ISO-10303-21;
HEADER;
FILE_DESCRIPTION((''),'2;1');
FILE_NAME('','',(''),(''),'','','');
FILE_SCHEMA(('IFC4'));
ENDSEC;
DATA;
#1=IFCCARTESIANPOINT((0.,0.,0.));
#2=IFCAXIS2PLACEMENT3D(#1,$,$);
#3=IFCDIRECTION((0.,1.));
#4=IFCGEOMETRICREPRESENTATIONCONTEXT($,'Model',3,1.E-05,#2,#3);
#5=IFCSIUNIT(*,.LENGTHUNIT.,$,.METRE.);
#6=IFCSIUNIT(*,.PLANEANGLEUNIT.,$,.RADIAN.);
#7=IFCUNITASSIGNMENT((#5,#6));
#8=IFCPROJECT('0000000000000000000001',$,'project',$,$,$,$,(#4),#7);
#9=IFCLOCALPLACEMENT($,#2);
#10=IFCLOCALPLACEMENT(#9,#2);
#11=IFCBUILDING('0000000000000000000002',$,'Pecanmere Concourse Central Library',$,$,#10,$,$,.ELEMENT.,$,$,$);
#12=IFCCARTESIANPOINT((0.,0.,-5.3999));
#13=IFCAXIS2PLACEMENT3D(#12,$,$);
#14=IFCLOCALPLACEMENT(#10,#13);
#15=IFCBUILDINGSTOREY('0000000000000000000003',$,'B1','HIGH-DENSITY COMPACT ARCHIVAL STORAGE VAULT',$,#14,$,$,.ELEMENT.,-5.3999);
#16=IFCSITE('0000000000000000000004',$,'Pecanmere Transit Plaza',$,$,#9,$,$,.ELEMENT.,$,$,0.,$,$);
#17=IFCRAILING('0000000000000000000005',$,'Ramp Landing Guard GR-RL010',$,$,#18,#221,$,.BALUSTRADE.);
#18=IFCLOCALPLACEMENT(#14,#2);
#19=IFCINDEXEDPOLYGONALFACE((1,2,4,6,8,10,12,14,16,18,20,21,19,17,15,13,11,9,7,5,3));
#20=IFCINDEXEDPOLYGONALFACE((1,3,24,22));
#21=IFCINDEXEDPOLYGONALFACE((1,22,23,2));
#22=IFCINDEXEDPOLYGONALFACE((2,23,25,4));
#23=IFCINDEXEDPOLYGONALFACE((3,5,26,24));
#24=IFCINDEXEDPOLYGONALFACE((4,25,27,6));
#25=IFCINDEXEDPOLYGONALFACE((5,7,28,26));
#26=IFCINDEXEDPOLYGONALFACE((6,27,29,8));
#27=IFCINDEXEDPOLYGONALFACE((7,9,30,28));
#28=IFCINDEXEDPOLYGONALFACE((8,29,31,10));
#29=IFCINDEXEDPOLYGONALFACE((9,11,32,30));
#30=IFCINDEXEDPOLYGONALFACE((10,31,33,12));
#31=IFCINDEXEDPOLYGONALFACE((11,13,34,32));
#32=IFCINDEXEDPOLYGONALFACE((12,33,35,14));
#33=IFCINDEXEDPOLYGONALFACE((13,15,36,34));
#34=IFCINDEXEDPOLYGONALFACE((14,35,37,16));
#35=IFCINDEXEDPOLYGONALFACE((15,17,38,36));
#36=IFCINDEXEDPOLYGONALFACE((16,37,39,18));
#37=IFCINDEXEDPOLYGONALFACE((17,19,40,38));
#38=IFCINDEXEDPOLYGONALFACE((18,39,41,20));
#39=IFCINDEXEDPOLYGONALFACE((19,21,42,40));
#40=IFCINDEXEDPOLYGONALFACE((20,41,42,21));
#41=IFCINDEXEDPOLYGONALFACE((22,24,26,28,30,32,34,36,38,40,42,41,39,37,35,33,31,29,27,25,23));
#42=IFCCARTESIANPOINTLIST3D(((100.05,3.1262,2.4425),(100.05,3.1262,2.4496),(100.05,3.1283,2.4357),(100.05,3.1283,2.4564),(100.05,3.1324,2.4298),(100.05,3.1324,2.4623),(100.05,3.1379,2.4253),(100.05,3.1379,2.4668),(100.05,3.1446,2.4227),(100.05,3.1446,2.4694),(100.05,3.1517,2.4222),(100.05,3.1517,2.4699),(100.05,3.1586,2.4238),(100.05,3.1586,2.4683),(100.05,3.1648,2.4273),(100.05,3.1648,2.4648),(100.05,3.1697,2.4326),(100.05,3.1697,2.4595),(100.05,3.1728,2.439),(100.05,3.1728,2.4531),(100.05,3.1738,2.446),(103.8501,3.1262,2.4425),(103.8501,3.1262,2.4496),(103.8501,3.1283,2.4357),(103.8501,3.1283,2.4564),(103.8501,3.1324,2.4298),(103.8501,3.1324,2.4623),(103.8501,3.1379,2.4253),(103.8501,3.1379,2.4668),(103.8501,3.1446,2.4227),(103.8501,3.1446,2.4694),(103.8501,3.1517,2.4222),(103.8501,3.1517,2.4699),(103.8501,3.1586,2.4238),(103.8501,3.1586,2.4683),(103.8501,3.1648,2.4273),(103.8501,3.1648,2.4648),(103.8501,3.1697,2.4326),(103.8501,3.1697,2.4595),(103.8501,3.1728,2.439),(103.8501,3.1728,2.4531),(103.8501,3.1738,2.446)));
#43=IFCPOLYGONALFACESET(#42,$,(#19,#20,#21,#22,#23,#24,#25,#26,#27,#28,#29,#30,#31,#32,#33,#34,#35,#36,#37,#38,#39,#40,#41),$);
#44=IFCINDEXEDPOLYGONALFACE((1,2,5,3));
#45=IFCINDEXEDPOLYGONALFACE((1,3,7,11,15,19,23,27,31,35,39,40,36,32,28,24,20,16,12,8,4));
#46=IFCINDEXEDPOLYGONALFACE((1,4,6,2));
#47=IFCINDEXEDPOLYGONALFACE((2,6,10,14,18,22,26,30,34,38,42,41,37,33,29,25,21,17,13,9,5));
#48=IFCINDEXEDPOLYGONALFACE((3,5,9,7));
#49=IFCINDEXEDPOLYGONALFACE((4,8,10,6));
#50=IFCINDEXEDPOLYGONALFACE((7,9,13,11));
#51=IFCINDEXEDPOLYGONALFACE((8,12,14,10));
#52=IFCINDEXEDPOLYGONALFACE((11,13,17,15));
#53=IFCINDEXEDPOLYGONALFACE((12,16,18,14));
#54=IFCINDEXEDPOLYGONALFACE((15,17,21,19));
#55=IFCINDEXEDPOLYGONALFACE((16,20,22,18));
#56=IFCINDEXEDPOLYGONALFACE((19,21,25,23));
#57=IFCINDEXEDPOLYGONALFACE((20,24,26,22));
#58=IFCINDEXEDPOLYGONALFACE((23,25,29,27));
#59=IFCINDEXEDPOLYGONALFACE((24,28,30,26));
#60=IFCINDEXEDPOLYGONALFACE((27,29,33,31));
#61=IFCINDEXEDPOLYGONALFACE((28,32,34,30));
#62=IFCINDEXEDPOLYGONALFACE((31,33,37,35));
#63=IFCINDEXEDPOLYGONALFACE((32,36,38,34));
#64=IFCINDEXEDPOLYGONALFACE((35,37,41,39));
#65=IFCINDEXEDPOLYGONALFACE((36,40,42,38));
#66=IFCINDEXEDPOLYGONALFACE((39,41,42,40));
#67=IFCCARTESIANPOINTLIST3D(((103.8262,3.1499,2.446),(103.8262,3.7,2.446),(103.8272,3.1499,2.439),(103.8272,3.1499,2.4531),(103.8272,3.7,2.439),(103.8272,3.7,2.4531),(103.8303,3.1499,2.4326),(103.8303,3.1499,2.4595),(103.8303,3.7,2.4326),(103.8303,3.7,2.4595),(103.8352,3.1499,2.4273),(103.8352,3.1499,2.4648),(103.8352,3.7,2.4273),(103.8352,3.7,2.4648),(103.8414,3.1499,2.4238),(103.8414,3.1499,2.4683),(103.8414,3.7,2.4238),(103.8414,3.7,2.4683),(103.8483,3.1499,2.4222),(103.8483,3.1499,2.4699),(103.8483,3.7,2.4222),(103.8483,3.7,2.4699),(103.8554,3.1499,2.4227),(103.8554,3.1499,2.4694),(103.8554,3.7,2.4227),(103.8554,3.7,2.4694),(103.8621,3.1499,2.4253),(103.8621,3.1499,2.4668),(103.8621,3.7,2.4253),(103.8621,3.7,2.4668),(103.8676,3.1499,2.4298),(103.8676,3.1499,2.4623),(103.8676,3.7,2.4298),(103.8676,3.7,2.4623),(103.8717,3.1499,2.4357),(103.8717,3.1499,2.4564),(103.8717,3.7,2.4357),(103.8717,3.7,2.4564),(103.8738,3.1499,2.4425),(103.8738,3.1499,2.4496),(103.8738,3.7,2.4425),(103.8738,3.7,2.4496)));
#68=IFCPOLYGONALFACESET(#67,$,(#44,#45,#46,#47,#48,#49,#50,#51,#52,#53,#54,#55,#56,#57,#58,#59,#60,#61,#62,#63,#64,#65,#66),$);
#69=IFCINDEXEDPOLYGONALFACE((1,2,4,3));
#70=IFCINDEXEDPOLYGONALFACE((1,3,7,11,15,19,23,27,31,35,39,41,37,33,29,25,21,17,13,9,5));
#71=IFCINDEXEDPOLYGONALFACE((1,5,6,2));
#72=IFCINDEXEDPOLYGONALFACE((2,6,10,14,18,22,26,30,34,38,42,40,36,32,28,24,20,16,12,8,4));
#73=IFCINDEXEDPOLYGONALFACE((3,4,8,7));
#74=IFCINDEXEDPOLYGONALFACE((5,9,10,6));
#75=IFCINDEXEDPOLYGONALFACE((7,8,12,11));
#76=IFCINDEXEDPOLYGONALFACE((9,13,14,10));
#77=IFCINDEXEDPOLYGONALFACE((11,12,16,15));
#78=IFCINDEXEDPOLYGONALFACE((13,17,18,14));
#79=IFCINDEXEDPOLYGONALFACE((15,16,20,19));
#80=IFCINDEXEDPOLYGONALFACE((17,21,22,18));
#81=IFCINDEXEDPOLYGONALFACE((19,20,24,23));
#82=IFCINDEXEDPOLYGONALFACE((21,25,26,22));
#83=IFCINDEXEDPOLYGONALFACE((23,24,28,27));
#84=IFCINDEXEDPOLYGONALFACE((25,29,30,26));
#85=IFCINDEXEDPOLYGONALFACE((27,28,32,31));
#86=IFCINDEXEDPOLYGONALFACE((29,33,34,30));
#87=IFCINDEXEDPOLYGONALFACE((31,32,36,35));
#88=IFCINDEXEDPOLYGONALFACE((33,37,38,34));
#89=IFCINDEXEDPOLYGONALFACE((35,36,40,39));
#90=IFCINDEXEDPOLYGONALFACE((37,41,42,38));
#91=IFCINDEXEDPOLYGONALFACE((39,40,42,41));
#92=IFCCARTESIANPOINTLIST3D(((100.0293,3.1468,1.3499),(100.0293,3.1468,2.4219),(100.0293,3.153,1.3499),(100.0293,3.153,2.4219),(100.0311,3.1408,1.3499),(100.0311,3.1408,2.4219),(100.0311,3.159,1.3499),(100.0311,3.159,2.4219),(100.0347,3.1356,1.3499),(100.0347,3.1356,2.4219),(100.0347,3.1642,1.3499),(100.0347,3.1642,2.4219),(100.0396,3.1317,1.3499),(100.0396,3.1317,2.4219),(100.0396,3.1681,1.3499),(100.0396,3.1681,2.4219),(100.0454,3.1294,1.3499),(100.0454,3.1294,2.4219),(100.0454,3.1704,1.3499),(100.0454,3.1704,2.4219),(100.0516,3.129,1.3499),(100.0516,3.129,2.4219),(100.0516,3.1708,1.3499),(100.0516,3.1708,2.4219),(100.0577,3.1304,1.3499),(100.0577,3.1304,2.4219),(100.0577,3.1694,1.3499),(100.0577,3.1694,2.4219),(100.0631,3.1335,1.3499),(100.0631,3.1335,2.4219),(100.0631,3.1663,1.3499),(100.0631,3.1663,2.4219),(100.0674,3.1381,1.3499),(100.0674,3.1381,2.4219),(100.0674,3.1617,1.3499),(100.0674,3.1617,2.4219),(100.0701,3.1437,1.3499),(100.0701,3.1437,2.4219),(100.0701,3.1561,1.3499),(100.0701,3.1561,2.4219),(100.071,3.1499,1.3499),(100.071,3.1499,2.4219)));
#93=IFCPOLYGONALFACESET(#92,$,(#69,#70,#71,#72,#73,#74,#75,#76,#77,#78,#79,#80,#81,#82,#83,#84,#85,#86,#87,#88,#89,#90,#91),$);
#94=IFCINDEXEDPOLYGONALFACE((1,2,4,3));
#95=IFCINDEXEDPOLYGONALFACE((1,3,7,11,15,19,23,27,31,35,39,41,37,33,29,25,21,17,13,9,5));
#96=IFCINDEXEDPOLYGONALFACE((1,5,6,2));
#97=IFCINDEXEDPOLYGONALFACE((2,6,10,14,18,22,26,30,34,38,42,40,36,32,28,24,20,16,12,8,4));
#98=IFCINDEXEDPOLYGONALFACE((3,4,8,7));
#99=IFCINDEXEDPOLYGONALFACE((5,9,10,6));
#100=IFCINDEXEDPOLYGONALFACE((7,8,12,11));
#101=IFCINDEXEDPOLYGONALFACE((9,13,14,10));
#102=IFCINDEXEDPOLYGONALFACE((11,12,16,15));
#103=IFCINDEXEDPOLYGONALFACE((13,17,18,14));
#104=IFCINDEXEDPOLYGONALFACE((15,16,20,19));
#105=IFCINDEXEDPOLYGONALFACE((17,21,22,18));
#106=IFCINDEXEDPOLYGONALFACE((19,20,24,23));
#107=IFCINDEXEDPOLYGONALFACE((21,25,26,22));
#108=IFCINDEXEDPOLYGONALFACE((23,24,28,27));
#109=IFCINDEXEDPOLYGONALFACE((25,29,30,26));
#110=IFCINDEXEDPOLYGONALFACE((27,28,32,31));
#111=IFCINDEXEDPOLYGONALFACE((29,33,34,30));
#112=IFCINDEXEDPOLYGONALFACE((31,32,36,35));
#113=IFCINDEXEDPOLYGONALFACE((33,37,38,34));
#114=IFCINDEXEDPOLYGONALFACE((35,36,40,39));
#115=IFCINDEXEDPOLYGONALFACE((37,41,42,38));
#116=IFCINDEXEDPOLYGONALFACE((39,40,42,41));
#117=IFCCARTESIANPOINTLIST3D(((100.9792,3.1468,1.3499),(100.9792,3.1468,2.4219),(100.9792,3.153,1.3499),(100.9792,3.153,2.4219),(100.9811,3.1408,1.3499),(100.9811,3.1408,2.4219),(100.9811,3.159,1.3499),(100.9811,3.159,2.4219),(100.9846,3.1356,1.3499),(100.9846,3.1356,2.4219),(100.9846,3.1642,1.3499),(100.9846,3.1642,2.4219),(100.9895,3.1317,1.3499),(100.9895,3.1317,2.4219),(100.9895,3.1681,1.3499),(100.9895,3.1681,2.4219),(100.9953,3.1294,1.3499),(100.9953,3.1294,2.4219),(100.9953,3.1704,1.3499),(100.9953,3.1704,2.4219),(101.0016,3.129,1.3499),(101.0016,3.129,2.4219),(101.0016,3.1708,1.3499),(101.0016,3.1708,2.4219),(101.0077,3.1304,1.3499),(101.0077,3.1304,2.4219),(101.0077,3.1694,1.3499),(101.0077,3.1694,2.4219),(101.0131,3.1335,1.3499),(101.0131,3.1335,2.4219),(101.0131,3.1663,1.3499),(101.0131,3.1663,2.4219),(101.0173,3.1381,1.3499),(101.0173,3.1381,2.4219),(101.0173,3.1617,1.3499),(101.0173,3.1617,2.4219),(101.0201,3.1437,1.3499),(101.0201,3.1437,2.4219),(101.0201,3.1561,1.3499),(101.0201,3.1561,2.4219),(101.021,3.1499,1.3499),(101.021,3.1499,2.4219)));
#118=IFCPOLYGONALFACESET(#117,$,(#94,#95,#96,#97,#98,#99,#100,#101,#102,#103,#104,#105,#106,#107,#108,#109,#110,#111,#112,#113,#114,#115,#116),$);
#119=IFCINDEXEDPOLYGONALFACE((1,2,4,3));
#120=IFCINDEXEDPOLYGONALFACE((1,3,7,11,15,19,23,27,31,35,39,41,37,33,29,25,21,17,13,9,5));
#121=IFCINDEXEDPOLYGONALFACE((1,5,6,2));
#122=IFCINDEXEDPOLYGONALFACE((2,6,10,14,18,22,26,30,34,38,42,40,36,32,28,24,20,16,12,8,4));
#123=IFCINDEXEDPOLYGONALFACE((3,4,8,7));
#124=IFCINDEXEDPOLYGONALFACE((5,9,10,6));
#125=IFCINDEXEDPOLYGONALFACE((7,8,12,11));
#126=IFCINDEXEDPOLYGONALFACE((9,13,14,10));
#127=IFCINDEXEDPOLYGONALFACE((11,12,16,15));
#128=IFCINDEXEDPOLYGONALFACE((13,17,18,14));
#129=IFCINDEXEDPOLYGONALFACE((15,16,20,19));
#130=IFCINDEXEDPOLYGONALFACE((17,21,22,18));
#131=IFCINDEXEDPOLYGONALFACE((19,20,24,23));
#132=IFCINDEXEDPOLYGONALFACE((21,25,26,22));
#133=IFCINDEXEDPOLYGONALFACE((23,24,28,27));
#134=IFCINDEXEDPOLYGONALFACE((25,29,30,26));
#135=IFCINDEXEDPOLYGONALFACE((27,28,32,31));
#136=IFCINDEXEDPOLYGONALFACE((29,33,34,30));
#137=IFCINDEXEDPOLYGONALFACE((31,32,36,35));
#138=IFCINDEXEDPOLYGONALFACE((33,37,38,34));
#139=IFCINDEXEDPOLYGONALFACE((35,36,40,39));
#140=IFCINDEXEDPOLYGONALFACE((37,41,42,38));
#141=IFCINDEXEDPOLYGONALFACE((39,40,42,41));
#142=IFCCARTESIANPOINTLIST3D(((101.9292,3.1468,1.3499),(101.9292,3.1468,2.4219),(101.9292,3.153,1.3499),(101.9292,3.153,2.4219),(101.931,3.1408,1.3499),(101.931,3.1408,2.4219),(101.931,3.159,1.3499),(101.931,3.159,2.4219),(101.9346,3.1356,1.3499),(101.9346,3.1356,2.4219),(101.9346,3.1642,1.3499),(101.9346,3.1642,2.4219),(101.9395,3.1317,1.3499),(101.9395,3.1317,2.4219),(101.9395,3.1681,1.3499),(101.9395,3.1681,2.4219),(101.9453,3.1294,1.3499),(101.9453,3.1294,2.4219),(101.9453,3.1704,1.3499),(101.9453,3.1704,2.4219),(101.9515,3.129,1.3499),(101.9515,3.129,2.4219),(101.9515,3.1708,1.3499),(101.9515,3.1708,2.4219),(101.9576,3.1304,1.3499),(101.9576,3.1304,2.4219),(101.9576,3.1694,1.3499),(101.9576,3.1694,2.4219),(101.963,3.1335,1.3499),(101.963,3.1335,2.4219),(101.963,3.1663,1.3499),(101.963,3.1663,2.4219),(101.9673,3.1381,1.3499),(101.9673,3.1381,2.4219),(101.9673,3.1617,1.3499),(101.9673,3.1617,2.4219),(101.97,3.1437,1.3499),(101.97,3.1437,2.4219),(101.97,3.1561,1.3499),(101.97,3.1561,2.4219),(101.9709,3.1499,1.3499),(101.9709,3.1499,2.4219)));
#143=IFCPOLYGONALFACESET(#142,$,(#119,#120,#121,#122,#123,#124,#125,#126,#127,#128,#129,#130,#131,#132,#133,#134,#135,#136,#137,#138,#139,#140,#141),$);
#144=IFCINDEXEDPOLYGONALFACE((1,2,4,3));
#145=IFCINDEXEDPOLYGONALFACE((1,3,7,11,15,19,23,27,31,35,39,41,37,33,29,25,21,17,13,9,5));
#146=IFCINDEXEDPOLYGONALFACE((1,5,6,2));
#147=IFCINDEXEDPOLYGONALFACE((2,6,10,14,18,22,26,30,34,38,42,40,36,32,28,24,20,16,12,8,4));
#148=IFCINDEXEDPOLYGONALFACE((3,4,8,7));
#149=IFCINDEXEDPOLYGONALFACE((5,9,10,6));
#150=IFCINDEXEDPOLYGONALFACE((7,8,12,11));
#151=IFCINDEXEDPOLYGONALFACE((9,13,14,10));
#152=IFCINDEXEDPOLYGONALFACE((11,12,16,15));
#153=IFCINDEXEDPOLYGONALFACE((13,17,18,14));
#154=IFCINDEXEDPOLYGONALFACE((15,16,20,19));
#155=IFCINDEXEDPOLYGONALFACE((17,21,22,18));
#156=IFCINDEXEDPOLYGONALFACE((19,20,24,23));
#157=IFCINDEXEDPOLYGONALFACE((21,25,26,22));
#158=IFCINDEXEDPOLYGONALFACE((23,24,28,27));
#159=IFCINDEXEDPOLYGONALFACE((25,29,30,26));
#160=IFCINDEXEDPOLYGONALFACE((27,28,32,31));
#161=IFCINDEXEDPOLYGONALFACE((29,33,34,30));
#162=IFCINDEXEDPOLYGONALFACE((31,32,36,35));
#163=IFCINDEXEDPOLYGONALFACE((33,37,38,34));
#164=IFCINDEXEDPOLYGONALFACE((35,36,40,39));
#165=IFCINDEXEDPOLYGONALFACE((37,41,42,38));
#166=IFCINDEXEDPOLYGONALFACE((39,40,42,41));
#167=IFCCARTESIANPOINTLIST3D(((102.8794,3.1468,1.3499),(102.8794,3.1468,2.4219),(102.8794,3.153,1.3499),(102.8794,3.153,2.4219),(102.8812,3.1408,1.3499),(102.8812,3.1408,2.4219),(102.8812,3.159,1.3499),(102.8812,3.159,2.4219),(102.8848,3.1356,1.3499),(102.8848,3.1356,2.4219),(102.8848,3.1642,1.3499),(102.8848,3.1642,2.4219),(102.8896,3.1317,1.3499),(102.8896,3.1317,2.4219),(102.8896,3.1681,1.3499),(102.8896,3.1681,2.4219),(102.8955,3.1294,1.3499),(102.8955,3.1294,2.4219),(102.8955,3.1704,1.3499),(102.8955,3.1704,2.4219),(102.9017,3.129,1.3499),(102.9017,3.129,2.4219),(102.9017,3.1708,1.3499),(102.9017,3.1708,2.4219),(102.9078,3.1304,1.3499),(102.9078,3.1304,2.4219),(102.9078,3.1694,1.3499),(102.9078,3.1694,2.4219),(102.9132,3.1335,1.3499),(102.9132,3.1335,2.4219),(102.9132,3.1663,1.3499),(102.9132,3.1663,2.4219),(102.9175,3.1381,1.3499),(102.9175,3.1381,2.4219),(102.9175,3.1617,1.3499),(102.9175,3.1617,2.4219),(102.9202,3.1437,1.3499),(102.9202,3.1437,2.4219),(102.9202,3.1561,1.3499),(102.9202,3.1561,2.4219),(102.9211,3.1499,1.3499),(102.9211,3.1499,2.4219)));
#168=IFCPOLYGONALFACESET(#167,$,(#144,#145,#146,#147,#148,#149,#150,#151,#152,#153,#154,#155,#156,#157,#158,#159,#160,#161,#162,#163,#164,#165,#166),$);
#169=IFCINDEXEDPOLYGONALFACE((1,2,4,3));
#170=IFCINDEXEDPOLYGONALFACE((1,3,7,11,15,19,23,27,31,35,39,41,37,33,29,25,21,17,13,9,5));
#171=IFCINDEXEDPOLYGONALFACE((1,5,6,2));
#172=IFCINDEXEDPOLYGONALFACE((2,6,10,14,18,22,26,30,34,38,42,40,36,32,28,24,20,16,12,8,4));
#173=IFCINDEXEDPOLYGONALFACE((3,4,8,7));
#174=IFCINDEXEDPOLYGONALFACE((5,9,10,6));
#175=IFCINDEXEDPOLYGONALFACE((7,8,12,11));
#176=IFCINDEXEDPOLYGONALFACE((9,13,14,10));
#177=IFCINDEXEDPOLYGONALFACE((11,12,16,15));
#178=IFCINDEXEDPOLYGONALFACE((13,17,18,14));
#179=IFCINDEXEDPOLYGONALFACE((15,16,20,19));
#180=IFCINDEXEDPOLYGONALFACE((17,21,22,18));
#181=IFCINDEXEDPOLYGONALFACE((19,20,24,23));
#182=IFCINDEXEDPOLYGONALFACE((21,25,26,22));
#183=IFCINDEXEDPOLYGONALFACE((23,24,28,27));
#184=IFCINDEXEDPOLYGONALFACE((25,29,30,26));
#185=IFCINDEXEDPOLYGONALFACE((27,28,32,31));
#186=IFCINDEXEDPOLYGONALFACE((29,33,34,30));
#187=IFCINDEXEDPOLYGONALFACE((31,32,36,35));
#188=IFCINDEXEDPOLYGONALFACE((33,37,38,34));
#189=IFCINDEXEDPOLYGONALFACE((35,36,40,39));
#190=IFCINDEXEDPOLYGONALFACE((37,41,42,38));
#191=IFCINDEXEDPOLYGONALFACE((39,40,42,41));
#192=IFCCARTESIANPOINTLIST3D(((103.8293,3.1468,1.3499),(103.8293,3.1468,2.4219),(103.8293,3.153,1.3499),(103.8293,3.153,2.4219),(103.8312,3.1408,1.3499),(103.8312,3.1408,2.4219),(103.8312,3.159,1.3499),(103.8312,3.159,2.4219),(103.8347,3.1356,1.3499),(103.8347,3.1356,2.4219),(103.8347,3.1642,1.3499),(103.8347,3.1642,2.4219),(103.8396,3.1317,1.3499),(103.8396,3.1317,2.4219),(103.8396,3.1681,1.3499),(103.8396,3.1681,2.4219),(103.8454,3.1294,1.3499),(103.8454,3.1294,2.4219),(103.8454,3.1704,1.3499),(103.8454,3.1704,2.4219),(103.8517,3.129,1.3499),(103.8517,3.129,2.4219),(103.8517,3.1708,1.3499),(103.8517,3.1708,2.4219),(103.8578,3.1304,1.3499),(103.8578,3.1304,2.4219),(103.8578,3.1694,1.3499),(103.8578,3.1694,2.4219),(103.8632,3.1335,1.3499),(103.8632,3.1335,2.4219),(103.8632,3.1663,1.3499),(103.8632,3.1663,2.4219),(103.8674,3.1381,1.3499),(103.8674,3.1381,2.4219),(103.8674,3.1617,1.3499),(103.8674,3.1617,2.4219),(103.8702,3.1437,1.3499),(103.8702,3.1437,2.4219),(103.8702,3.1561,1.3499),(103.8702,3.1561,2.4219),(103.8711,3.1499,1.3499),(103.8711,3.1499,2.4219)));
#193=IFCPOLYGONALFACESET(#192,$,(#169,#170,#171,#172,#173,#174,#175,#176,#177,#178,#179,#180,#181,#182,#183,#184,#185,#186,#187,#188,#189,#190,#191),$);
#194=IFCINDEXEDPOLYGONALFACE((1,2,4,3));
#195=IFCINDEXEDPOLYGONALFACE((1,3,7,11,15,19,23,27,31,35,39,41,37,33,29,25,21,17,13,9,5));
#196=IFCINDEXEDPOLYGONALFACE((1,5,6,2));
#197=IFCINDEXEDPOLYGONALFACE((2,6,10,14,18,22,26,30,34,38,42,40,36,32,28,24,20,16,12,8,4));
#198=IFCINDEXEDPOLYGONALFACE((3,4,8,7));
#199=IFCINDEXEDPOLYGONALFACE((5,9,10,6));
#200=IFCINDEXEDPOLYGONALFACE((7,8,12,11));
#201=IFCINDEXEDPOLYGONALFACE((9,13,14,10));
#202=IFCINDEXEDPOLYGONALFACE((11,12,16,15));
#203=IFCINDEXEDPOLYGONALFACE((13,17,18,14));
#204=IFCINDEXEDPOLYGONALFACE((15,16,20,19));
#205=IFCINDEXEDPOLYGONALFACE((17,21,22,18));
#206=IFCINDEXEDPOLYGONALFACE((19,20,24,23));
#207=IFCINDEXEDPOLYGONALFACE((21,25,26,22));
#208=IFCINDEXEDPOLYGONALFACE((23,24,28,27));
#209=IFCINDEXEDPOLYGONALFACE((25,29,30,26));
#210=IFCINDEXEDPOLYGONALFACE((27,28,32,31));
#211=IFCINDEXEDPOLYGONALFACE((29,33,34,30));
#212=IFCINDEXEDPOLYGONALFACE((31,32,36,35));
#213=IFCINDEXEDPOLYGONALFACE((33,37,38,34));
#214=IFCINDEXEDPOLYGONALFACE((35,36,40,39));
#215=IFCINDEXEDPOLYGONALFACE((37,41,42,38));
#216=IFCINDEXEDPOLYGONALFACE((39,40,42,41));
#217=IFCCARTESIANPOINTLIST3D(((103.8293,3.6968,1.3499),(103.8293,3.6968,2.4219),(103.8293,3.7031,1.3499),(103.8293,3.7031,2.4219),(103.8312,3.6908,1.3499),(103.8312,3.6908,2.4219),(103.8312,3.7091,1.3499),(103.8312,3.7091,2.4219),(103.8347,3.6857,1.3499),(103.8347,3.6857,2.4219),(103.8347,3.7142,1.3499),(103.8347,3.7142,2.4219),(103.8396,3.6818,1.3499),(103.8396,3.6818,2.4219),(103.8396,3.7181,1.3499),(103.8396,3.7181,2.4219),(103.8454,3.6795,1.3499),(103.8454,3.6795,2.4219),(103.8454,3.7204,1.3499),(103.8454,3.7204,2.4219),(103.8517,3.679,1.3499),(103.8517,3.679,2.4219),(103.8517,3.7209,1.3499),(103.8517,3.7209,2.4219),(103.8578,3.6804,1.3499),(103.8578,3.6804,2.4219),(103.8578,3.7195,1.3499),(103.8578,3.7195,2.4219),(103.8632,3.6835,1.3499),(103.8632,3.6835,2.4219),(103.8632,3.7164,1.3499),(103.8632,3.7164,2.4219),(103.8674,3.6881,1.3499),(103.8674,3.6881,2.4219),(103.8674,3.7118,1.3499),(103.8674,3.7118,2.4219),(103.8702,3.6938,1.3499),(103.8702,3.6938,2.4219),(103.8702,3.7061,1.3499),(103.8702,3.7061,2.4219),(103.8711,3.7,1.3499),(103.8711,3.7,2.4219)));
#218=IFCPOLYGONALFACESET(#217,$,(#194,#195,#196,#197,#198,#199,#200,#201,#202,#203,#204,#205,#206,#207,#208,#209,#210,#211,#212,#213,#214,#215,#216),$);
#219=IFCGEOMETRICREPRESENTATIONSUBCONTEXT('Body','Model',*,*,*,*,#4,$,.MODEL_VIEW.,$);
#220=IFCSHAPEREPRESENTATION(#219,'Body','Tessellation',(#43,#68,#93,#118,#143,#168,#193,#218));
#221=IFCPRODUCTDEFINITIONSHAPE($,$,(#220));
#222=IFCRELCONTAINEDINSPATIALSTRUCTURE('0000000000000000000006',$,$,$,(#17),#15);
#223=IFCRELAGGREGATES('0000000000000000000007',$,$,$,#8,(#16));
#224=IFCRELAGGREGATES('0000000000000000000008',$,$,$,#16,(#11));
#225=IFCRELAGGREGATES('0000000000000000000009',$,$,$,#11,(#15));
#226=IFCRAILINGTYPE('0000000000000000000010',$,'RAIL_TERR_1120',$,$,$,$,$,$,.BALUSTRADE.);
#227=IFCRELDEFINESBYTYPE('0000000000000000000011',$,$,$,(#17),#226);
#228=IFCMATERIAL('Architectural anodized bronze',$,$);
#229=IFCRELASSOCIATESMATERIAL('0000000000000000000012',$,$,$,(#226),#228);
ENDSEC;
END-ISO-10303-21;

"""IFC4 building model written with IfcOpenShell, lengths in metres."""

from ifc_helpers import new_model, si_unit, direction, frame, origin, origin_2d, place, context, subcontext, project, spatial, circle, extrude, material, type_object, element, save


model = new_model("IFC4")

# Units and contexts
model_context = context("Model", 3, precision=1e-05, world=origin(), true_north=direction((0.0, 1.0)))
body_context = subcontext(model_context, "Body", "Model", "MODEL_VIEW")
ifc_project = project(units=[si_unit("LENGTHUNIT", "METRE"), si_unit("PLANEANGLEUNIT", "RADIAN")], contexts=[model_context])

# Site, building, storey
site_placement = place(None, origin())
site = spatial("IfcSite", under=ifc_project, at=site_placement, Name="Pecanmere Transit Plaza", CompositionType="ELEMENT", RefElevation=0.0)
building_placement = place(site_placement, origin())
building = spatial("IfcBuilding", under=site, at=building_placement, Name="Pecanmere Concourse Central Library", CompositionType="ELEMENT")
storey_placement = place(building_placement, frame((0.0, 0.0, -5.3999)))
storey = spatial("IfcBuildingStorey", under=building, at=storey_placement, Name="B1", Description="HIGH-DENSITY COMPACT ARCHIVAL STORAGE VAULT", CompositionType="ELEMENT", Elevation=-5.3999)

# Railing
ifc_material_1 = material(Name="Architectural anodized bronze")
railing_type_1 = type_object("IfcRailingType", Name="RAIL_TERR_1120", PredefinedType="BALUSTRADE", material=ifc_material_1)
railing_1_placement = place(storey_placement, frame((100.05, 3.1499, 1.3499)))
element("IfcRailing", 1, at=railing_1_placement, inside=storey, type_object=railing_type_1, Name="Ramp Landing Guard GR-RL010", PredefinedType="BALUSTRADE", context=body_context, shape_type="SweptSolid", body=[
    extrude(circle(Radius=0.0239, at=origin_2d()), frame((0.0, 0.0, 1.0962), z_axis=(1.0, 0.0, 0.0), x_axis=(0.0, 1.0, 0.0)), (0.0, 0.0, 1.0), 3.8),
    extrude(circle(Radius=0.0239, at=origin_2d()), frame((3.8, 0.0, 1.0962), z_axis=(0.0, 1.0, 0.0), x_axis=(-1.0, 0.0, 0.0)), (0.0, 0.0, 1.0), 0.55),
    extrude(circle(Radius=0.021, at=origin_2d()), origin(), (0.0, 0.0, 1.0), 1.072),
    extrude(circle(Radius=0.021, at=origin_2d()), frame((0.95, 0.0, 0.0)), (0.0, 0.0, 1.0), 1.072),
    extrude(circle(Radius=0.021, at=origin_2d()), frame((1.8999, 0.0, 0.0)), (0.0, 0.0, 1.0), 1.072),
    extrude(circle(Radius=0.021, at=origin_2d()), frame((2.8501, 0.0, 0.0)), (0.0, 0.0, 1.0), 1.072),
    extrude(circle(Radius=0.021, at=origin_2d()), frame((3.8, 0.0, 0.0)), (0.0, 0.0, 1.0), 1.072),
    extrude(circle(Radius=0.021, at=origin_2d()), frame((3.8, 0.55, 0.0)), (0.0, 0.0, 1.0), 1.072),
])

save(model, "model.ifc")
